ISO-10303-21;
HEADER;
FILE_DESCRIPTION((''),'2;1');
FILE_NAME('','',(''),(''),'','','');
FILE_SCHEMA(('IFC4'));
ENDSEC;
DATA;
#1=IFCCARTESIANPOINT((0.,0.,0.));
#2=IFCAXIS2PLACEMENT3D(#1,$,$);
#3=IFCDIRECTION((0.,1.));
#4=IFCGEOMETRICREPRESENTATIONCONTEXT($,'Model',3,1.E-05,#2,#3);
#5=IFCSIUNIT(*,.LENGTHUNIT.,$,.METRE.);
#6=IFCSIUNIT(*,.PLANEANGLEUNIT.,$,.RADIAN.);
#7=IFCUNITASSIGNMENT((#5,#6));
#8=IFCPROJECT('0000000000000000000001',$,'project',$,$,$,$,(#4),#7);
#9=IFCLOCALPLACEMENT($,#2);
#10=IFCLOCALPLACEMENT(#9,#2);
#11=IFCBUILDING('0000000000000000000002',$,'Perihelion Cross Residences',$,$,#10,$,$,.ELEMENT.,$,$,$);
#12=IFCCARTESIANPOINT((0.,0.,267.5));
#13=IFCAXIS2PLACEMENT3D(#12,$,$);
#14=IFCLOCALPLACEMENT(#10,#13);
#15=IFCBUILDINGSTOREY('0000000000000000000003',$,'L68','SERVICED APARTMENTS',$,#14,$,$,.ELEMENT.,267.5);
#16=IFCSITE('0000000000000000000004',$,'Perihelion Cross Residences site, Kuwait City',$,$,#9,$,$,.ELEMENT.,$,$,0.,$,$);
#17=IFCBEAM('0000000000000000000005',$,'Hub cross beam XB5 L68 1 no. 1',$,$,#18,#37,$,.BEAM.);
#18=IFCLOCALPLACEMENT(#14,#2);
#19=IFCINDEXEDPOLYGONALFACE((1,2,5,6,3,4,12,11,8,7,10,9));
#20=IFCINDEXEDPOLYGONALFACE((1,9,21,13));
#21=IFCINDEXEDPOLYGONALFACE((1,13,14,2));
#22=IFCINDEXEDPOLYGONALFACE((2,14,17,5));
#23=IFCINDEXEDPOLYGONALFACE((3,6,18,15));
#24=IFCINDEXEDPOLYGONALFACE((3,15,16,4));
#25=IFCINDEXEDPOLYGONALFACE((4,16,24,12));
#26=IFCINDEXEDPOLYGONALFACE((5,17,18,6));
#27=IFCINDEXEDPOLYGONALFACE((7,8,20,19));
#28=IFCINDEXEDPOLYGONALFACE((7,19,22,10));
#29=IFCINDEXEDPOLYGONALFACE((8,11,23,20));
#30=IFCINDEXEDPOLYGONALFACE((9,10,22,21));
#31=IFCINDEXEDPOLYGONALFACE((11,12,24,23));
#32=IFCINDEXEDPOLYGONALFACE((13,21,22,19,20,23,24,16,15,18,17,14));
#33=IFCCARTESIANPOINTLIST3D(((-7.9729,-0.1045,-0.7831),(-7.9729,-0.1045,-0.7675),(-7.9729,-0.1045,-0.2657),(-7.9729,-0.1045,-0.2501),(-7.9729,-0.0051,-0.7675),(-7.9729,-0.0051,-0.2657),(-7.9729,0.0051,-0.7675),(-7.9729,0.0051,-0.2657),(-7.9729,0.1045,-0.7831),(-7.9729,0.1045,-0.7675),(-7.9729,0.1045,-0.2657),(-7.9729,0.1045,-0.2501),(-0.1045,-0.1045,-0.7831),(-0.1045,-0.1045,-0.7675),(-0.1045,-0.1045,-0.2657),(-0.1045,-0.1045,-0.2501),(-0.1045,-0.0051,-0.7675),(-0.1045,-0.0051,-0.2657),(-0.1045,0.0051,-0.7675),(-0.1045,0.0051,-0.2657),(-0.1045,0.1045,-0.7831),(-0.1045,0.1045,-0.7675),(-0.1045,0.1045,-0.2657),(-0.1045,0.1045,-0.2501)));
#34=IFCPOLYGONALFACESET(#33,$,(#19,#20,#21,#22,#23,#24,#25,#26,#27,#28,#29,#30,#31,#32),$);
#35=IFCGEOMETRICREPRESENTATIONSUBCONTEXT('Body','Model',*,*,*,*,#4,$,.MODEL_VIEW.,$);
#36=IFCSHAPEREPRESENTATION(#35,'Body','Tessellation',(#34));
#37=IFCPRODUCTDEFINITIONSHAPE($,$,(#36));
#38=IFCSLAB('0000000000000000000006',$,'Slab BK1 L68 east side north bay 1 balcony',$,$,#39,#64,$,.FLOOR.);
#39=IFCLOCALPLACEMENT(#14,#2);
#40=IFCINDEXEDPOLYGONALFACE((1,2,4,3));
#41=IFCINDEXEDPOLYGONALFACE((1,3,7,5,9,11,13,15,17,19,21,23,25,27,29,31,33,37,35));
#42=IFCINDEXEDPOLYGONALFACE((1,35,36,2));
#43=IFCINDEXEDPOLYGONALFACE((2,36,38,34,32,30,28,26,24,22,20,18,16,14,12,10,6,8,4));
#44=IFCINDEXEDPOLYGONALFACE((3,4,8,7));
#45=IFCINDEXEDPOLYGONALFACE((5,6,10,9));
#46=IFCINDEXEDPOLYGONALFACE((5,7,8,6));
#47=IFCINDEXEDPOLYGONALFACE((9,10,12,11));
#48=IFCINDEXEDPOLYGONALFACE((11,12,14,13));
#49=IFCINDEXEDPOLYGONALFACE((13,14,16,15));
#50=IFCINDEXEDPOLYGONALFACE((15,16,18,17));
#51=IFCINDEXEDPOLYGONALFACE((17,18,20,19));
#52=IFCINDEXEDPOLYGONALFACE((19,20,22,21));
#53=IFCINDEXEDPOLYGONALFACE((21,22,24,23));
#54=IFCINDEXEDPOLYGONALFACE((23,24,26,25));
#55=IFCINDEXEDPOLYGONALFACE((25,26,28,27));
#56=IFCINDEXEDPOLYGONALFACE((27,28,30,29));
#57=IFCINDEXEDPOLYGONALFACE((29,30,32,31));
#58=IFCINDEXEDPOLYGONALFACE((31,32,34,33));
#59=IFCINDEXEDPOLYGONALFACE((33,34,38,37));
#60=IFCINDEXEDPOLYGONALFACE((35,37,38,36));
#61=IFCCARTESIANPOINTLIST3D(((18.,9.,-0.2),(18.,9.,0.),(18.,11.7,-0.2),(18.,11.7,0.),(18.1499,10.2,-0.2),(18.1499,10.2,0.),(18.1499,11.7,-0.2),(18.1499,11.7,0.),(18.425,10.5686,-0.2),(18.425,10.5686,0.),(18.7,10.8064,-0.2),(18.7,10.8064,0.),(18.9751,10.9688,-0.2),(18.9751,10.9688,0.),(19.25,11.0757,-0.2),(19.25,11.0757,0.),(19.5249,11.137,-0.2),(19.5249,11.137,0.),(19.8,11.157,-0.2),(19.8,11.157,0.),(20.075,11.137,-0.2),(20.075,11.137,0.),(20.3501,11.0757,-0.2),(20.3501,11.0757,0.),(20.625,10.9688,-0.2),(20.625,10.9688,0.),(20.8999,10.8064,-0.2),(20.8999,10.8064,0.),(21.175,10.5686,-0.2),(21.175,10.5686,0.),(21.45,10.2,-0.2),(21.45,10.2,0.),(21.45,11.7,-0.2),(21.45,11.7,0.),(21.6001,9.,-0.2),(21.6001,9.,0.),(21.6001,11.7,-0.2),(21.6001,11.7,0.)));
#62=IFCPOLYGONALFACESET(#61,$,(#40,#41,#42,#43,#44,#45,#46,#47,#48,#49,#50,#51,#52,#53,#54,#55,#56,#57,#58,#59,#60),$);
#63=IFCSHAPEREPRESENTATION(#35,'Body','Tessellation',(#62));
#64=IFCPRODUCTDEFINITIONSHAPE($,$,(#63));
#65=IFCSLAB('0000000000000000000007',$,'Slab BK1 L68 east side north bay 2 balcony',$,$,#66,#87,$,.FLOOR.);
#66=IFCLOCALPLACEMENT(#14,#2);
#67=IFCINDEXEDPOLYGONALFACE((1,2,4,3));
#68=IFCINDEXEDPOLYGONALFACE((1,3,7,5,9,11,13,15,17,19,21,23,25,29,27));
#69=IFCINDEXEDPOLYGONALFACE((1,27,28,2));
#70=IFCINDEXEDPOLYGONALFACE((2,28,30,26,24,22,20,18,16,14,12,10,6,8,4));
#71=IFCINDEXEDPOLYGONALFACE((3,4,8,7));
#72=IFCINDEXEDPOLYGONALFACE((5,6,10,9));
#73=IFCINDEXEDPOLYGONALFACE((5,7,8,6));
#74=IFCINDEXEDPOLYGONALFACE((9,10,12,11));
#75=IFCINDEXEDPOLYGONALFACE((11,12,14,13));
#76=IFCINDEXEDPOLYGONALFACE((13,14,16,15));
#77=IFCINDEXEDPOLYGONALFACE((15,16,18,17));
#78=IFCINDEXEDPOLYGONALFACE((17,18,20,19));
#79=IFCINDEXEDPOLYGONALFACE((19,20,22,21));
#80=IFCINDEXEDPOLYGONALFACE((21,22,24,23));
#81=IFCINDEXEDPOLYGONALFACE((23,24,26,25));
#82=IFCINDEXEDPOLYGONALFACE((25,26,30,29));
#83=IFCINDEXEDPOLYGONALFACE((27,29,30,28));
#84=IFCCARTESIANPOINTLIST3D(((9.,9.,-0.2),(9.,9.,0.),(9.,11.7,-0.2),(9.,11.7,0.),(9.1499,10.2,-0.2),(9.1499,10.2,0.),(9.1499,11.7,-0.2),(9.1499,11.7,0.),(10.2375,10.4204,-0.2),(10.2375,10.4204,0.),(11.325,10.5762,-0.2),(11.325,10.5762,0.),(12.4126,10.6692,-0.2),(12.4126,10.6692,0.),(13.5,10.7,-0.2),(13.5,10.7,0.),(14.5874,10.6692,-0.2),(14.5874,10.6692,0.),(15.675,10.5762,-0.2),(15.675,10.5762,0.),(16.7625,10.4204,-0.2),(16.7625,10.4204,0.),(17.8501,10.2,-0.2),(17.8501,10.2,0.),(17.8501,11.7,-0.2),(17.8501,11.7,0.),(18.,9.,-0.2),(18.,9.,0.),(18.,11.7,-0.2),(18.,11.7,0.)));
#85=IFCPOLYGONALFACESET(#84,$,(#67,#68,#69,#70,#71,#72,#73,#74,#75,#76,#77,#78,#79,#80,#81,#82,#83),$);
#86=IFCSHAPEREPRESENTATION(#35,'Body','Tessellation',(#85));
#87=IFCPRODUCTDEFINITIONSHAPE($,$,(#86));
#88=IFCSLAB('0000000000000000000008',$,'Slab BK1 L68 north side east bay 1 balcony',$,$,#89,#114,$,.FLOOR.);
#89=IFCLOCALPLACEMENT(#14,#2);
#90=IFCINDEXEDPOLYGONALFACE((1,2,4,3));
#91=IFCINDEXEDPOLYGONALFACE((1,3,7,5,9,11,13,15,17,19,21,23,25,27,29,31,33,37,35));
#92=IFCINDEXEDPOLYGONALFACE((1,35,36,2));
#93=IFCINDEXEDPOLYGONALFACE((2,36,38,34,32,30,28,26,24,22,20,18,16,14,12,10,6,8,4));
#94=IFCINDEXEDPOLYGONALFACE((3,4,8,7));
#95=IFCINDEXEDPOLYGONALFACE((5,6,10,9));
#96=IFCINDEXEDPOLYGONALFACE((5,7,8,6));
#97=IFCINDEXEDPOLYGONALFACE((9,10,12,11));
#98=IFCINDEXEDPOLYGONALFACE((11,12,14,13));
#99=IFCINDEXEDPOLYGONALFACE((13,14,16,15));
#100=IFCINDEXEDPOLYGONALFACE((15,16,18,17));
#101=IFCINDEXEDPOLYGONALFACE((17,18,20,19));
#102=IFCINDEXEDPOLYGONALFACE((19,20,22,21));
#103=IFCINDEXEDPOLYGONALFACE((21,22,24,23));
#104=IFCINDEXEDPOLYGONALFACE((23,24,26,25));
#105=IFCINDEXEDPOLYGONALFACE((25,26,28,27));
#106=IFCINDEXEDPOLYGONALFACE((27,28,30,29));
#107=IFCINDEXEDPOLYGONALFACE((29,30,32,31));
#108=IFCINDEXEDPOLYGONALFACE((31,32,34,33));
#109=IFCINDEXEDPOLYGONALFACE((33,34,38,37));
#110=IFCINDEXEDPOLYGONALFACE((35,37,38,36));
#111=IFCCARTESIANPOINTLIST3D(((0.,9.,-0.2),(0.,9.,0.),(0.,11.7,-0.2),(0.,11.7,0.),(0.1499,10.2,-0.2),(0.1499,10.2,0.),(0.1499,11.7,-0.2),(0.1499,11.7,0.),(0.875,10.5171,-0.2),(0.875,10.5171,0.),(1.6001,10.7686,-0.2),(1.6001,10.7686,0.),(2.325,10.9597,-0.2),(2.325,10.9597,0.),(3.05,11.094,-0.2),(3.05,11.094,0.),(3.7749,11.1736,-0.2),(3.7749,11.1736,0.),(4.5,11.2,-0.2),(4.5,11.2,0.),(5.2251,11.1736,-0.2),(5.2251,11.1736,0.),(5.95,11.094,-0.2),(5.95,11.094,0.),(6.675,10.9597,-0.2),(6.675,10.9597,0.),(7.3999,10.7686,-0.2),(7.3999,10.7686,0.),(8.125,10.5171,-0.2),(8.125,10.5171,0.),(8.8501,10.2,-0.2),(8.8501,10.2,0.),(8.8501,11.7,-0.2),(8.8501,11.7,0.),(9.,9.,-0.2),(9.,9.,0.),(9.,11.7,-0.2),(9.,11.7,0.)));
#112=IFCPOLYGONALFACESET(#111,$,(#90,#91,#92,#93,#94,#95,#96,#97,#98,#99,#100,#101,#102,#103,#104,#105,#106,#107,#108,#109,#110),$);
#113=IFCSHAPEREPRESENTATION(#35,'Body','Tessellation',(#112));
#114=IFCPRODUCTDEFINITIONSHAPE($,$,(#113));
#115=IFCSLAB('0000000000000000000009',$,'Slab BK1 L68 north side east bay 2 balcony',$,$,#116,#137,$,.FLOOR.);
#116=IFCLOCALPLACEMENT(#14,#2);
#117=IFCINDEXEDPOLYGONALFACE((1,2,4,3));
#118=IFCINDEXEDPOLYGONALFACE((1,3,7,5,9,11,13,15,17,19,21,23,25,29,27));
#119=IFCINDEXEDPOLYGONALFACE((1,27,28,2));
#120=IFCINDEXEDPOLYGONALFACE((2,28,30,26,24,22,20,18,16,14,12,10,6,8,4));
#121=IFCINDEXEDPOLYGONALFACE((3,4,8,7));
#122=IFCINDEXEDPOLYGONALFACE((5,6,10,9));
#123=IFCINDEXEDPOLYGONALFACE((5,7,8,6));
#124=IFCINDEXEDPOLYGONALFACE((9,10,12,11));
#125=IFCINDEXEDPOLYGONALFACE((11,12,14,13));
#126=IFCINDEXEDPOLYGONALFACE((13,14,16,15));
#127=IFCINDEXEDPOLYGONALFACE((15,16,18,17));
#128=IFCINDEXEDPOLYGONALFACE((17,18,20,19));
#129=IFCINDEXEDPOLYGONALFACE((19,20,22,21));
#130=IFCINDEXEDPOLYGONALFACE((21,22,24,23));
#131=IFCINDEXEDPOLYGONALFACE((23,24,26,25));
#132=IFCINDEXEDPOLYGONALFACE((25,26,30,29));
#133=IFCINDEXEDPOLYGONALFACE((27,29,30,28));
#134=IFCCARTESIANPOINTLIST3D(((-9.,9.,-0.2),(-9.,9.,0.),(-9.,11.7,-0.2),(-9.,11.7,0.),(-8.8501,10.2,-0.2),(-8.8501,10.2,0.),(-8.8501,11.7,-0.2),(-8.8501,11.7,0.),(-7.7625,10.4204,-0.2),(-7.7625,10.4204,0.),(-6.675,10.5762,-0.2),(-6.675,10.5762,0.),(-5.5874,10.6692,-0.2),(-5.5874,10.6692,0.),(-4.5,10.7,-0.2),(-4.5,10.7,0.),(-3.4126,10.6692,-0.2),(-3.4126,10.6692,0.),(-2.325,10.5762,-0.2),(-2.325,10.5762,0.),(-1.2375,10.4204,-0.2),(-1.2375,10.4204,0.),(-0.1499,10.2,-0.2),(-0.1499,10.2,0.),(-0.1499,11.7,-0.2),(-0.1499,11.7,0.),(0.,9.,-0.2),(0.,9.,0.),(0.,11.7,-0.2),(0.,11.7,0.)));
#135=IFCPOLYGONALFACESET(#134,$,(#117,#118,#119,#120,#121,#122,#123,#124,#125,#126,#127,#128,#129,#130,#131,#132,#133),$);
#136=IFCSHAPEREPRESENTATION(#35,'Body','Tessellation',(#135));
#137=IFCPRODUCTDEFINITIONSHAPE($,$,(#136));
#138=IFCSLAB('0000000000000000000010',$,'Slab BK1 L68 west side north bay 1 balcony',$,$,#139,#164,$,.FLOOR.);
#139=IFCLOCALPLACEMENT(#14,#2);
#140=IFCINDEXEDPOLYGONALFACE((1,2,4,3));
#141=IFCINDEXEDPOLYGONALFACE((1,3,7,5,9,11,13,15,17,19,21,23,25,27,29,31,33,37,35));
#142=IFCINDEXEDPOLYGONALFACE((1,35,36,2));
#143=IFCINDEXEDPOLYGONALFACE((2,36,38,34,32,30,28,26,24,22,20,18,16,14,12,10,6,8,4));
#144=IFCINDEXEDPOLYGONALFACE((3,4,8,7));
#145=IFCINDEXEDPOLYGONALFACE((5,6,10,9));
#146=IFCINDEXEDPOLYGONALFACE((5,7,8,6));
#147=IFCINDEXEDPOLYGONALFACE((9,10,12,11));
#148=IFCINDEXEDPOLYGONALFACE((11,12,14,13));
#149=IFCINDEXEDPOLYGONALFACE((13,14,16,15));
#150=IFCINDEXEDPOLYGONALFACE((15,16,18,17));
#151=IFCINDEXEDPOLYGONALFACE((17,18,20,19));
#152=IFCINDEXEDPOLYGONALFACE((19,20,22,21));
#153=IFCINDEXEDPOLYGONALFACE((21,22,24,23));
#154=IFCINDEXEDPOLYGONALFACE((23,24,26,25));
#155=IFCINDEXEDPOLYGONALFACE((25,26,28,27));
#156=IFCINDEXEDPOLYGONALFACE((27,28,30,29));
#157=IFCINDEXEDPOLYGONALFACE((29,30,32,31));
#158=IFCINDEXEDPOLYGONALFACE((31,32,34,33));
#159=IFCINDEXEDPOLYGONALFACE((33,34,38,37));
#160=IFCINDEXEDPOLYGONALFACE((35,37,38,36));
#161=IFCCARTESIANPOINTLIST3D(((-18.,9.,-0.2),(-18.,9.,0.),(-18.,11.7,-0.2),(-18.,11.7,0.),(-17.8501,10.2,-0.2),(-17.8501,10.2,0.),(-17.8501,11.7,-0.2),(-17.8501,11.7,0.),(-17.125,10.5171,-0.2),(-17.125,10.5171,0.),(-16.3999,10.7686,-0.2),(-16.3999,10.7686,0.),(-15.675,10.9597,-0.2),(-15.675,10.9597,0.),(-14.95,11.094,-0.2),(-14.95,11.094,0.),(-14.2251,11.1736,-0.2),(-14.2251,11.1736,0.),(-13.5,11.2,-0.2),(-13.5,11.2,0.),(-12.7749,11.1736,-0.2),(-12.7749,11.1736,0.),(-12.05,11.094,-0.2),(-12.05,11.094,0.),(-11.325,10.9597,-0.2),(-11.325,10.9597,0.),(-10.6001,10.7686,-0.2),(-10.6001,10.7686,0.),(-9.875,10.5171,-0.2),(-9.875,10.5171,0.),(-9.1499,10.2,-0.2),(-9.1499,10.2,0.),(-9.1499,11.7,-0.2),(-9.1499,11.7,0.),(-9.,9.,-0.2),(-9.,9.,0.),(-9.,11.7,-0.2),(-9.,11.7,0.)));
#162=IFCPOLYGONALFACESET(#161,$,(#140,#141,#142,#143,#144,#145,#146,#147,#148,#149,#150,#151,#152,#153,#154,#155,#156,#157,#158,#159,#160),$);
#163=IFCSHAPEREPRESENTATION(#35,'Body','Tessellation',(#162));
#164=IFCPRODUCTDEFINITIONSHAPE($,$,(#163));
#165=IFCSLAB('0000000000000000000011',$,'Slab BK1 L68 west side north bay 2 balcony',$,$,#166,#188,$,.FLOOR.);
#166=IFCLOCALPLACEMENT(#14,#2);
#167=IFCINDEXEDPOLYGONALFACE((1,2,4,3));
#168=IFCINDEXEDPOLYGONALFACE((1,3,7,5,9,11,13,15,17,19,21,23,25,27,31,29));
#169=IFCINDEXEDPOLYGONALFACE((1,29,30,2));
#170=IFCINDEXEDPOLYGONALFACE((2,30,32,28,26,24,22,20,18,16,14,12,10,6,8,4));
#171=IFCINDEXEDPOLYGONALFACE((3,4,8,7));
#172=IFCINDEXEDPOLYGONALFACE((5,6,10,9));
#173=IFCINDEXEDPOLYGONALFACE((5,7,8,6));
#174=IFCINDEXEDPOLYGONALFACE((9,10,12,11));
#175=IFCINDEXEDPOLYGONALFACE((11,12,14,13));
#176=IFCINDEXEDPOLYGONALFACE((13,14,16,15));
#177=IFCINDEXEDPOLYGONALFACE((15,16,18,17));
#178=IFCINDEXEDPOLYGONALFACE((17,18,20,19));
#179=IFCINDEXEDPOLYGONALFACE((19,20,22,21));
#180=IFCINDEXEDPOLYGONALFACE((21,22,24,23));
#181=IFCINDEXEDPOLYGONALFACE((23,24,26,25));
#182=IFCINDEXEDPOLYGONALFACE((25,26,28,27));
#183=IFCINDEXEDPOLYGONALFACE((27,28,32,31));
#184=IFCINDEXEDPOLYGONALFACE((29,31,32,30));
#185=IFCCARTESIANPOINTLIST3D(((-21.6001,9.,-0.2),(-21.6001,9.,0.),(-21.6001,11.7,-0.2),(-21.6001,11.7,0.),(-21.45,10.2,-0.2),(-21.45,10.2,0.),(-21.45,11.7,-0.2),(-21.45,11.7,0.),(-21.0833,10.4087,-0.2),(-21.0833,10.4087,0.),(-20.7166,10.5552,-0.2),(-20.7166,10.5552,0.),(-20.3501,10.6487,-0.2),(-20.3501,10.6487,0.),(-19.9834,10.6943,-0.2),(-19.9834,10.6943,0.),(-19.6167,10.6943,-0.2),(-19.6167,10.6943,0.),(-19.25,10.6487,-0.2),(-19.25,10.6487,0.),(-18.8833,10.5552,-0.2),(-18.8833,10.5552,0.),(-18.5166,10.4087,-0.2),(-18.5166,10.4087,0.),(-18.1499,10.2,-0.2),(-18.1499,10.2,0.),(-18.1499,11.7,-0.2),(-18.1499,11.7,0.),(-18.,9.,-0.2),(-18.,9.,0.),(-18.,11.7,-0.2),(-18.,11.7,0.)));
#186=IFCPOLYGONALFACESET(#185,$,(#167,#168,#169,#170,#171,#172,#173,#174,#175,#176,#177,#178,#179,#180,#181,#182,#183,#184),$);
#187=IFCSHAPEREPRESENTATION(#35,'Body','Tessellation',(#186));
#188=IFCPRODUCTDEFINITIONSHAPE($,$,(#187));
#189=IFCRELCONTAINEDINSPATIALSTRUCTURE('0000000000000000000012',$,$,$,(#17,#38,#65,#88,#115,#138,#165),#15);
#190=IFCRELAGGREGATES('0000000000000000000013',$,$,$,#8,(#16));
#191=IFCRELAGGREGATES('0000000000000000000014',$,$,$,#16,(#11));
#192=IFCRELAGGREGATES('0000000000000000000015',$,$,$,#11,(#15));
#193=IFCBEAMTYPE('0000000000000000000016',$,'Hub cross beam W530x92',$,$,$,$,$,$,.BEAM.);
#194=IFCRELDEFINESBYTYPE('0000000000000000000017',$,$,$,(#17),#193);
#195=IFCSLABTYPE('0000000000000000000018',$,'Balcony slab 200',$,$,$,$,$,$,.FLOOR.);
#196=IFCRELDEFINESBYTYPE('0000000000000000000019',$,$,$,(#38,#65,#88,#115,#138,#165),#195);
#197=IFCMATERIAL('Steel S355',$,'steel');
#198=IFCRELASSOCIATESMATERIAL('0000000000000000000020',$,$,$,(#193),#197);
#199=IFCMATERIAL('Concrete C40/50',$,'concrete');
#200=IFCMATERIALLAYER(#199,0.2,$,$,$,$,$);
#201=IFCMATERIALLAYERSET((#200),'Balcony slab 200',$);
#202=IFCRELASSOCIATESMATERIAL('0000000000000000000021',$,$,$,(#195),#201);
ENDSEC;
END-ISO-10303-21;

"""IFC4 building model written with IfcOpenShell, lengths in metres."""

from ifc_helpers import new_model, si_unit, direction, frame, origin, origin_2d, place, context, subcontext, project, spatial, polyline, i_section, outline, extrude, material, layer, layer_set, material_profile, profile_set, type_object, element, save


model = new_model("IFC4")

# Units and contexts
model_context = context("Model", 3, precision=1e-05, world=origin(), true_north=direction((0.0, 1.0)))
body_context = subcontext(model_context, "Body", "Model", "MODEL_VIEW")
ifc_project = project(units=[si_unit("LENGTHUNIT", "METRE"), si_unit("PLANEANGLEUNIT", "RADIAN")], contexts=[model_context])

# Site, building, storey
site_placement = place(None, origin())
site = spatial("IfcSite", under=ifc_project, at=site_placement, Name="Perihelion Cross Residences site, Kuwait City", CompositionType="ELEMENT", RefElevation=0.0)
building_placement = place(site_placement, origin())
building = spatial("IfcBuilding", under=site, at=building_placement, Name="Perihelion Cross Residences", CompositionType="ELEMENT")
storey_placement = place(building_placement, frame((0.0, 0.0, 267.5)))
storey = spatial("IfcBuildingStorey", under=building, at=storey_placement, Name="L68", Description="SERVICED APARTMENTS", CompositionType="ELEMENT", Elevation=267.5)

# Beam
ifc_material_1 = material(Name="Steel S355", Category="steel")
ifc_material_profile = material_profile(ifc_material_1, i_section(OverallWidth=0.209, OverallDepth=0.533, WebThickness=0.0103, FlangeThickness=0.0156, at=origin_2d()), Name="W530x92")
ifc_profile_set = profile_set([ifc_material_profile], Name="Steel S355")
beam_type = type_object("IfcBeamType", Name="Hub cross beam W530x92", PredefinedType="BEAM", material=ifc_profile_set)
beam_placement = place(storey_placement, frame((-7.9729, 0.0, -0.5166), z_axis=(1.0, 0.0, 0.0), x_axis=(0.0, 1.0, 0.0)))
element("IfcBeam", 1, at=beam_placement, inside=storey, type_object=beam_type, Name="Hub cross beam XB5 L68 1 no. 1", PredefinedType="BEAM", context=body_context, shape_type="SweptSolid", body=[
    extrude(i_section(OverallWidth=0.209, OverallDepth=0.533, WebThickness=0.0103, FlangeThickness=0.0156, at=origin_2d()), origin(), (0.0, 0.0, 1.0), 7.8684),
])

# Slabs
ifc_material_2 = material(Name="Concrete C40/50", Category="concrete")
ifc_layer_1 = layer(ifc_material_2, 0.2)
ifc_layer_set_1 = layer_set([ifc_layer_1], Name="Balcony slab 200")
slab_type_1 = type_object("IfcSlabType", Name="Balcony slab 200", PredefinedType="FLOOR", material=ifc_layer_set_1)
slab_1_placement = place(storey_placement, frame((0.0, 0.0, -0.2)))
element("IfcSlab", 2, at=slab_1_placement, inside=storey, type_object=slab_type_1, Name="Slab BK1 L68 east side north bay 1 balcony", PredefinedType="FLOOR", context=body_context, shape_type="SweptSolid", body=[
    extrude(outline(polyline([(21.6001, 9.0), (18.0, 9.0), (18.0, 11.7), (18.1499, 11.7), (18.1499, 10.2), (18.425, 10.5686), (18.7, 10.8064), (18.9751, 10.9688), (19.25, 11.0757), (19.5249, 11.137), (19.8, 11.157), (20.075, 11.137), (20.3501, 11.0757), (20.625, 10.9688), (20.8999, 10.8064), (21.175, 10.5686), (21.45, 10.2), (21.45, 11.7), (21.6001, 11.7), (21.6001, 9.0)])), origin(), (0.0, 0.0, 1.0), 0.2),
])
slab_2_placement = place(storey_placement, frame((0.0, 0.0, -0.2)))
element("IfcSlab", 3, at=slab_2_placement, inside=storey, type_object=slab_type_1, Name="Slab BK1 L68 east side north bay 2 balcony", PredefinedType="FLOOR", context=body_context, shape_type="SweptSolid", body=[
    extrude(outline(polyline([(18.0, 9.0), (9.0, 9.0), (9.0, 11.7), (9.1499, 11.7), (9.1499, 10.2), (10.2375, 10.4204), (11.325, 10.5762), (12.4126, 10.6692), (13.5, 10.7), (14.5874, 10.6692), (15.675, 10.5762), (16.7625, 10.4204), (17.8501, 10.2), (17.8501, 11.7), (18.0, 11.7), (18.0, 9.0)])), origin(), (0.0, 0.0, 1.0), 0.2),
])
slab_3_placement = place(storey_placement, frame((0.0, 0.0, -0.2)))
element("IfcSlab", 4, at=slab_3_placement, inside=storey, type_object=slab_type_1, Name="Slab BK1 L68 north side east bay 1 balcony", PredefinedType="FLOOR", context=body_context, shape_type="SweptSolid", body=[
    extrude(outline(polyline([(9.0, 9.0), (0.0, 9.0), (0.0, 11.7), (0.1499, 11.7), (0.1499, 10.2), (0.875, 10.5171), (1.6001, 10.7686), (2.325, 10.9597), (3.05, 11.094), (3.7749, 11.1736), (4.5, 11.2), (5.2251, 11.1736), (5.95, 11.094), (6.675, 10.9597), (7.3999, 10.7686), (8.125, 10.5171), (8.8501, 10.2), (8.8501, 11.7), (9.0, 11.7), (9.0, 9.0)])), origin(), (0.0, 0.0, 1.0), 0.2),
])
slab_4_placement = place(storey_placement, frame((0.0, 0.0, -0.2)))
element("IfcSlab", 5, at=slab_4_placement, inside=storey, type_object=slab_type_1, Name="Slab BK1 L68 north side east bay 2 balcony", PredefinedType="FLOOR", context=body_context, shape_type="SweptSolid", body=[
    extrude(outline(polyline([(0.0, 9.0), (-9.0, 9.0), (-9.0, 11.7), (-8.8501, 11.7), (-8.8501, 10.2), (-7.7625, 10.4204), (-6.675, 10.5762), (-5.5874, 10.6692), (-4.5, 10.7), (-3.4126, 10.6692), (-2.325, 10.5762), (-1.2375, 10.4204), (-0.1499, 10.2), (-0.1499, 11.7), (0.0, 11.7), (0.0, 9.0)])), origin(), (0.0, 0.0, 1.0), 0.2),
])
slab_5_placement = place(storey_placement, frame((0.0, 0.0, -0.2)))
element("IfcSlab", 6, at=slab_5_placement, inside=storey, type_object=slab_type_1, Name="Slab BK1 L68 west side north bay 1 balcony", PredefinedType="FLOOR", context=body_context, shape_type="SweptSolid", body=[
    extrude(outline(polyline([(-9.0, 9.0), (-18.0, 9.0), (-18.0, 11.7), (-17.8501, 11.7), (-17.8501, 10.2), (-17.125, 10.5171), (-16.3999, 10.7686), (-15.675, 10.9597), (-14.95, 11.094), (-14.2251, 11.1736), (-13.5, 11.2), (-12.7749, 11.1736), (-12.05, 11.094), (-11.325, 10.9597), (-10.6001, 10.7686), (-9.875, 10.5171), (-9.1499, 10.2), (-9.1499, 11.7), (-9.0, 11.7), (-9.0, 9.0)])), origin(), (0.0, 0.0, 1.0), 0.2),
])
slab_6_placement = place(storey_placement, frame((0.0, 0.0, -0.2)))
element("IfcSlab", 7, at=slab_6_placement, inside=storey, type_object=slab_type_1, Name="Slab BK1 L68 west side north bay 2 balcony", PredefinedType="FLOOR", context=body_context, shape_type="SweptSolid", body=[
    extrude(outline(polyline([(-18.0, 9.0), (-21.6001, 9.0), (-21.6001, 11.7), (-21.45, 11.7), (-21.45, 10.2), (-21.0833, 10.4087), (-20.7166, 10.5552), (-20.3501, 10.6487), (-19.9834, 10.6943), (-19.6167, 10.6943), (-19.25, 10.6487), (-18.8833, 10.5552), (-18.5166, 10.4087), (-18.1499, 10.2), (-18.1499, 11.7), (-18.0, 11.7), (-18.0, 9.0)])), origin(), (0.0, 0.0, 1.0), 0.2),
])

save(model, "model.ifc")
